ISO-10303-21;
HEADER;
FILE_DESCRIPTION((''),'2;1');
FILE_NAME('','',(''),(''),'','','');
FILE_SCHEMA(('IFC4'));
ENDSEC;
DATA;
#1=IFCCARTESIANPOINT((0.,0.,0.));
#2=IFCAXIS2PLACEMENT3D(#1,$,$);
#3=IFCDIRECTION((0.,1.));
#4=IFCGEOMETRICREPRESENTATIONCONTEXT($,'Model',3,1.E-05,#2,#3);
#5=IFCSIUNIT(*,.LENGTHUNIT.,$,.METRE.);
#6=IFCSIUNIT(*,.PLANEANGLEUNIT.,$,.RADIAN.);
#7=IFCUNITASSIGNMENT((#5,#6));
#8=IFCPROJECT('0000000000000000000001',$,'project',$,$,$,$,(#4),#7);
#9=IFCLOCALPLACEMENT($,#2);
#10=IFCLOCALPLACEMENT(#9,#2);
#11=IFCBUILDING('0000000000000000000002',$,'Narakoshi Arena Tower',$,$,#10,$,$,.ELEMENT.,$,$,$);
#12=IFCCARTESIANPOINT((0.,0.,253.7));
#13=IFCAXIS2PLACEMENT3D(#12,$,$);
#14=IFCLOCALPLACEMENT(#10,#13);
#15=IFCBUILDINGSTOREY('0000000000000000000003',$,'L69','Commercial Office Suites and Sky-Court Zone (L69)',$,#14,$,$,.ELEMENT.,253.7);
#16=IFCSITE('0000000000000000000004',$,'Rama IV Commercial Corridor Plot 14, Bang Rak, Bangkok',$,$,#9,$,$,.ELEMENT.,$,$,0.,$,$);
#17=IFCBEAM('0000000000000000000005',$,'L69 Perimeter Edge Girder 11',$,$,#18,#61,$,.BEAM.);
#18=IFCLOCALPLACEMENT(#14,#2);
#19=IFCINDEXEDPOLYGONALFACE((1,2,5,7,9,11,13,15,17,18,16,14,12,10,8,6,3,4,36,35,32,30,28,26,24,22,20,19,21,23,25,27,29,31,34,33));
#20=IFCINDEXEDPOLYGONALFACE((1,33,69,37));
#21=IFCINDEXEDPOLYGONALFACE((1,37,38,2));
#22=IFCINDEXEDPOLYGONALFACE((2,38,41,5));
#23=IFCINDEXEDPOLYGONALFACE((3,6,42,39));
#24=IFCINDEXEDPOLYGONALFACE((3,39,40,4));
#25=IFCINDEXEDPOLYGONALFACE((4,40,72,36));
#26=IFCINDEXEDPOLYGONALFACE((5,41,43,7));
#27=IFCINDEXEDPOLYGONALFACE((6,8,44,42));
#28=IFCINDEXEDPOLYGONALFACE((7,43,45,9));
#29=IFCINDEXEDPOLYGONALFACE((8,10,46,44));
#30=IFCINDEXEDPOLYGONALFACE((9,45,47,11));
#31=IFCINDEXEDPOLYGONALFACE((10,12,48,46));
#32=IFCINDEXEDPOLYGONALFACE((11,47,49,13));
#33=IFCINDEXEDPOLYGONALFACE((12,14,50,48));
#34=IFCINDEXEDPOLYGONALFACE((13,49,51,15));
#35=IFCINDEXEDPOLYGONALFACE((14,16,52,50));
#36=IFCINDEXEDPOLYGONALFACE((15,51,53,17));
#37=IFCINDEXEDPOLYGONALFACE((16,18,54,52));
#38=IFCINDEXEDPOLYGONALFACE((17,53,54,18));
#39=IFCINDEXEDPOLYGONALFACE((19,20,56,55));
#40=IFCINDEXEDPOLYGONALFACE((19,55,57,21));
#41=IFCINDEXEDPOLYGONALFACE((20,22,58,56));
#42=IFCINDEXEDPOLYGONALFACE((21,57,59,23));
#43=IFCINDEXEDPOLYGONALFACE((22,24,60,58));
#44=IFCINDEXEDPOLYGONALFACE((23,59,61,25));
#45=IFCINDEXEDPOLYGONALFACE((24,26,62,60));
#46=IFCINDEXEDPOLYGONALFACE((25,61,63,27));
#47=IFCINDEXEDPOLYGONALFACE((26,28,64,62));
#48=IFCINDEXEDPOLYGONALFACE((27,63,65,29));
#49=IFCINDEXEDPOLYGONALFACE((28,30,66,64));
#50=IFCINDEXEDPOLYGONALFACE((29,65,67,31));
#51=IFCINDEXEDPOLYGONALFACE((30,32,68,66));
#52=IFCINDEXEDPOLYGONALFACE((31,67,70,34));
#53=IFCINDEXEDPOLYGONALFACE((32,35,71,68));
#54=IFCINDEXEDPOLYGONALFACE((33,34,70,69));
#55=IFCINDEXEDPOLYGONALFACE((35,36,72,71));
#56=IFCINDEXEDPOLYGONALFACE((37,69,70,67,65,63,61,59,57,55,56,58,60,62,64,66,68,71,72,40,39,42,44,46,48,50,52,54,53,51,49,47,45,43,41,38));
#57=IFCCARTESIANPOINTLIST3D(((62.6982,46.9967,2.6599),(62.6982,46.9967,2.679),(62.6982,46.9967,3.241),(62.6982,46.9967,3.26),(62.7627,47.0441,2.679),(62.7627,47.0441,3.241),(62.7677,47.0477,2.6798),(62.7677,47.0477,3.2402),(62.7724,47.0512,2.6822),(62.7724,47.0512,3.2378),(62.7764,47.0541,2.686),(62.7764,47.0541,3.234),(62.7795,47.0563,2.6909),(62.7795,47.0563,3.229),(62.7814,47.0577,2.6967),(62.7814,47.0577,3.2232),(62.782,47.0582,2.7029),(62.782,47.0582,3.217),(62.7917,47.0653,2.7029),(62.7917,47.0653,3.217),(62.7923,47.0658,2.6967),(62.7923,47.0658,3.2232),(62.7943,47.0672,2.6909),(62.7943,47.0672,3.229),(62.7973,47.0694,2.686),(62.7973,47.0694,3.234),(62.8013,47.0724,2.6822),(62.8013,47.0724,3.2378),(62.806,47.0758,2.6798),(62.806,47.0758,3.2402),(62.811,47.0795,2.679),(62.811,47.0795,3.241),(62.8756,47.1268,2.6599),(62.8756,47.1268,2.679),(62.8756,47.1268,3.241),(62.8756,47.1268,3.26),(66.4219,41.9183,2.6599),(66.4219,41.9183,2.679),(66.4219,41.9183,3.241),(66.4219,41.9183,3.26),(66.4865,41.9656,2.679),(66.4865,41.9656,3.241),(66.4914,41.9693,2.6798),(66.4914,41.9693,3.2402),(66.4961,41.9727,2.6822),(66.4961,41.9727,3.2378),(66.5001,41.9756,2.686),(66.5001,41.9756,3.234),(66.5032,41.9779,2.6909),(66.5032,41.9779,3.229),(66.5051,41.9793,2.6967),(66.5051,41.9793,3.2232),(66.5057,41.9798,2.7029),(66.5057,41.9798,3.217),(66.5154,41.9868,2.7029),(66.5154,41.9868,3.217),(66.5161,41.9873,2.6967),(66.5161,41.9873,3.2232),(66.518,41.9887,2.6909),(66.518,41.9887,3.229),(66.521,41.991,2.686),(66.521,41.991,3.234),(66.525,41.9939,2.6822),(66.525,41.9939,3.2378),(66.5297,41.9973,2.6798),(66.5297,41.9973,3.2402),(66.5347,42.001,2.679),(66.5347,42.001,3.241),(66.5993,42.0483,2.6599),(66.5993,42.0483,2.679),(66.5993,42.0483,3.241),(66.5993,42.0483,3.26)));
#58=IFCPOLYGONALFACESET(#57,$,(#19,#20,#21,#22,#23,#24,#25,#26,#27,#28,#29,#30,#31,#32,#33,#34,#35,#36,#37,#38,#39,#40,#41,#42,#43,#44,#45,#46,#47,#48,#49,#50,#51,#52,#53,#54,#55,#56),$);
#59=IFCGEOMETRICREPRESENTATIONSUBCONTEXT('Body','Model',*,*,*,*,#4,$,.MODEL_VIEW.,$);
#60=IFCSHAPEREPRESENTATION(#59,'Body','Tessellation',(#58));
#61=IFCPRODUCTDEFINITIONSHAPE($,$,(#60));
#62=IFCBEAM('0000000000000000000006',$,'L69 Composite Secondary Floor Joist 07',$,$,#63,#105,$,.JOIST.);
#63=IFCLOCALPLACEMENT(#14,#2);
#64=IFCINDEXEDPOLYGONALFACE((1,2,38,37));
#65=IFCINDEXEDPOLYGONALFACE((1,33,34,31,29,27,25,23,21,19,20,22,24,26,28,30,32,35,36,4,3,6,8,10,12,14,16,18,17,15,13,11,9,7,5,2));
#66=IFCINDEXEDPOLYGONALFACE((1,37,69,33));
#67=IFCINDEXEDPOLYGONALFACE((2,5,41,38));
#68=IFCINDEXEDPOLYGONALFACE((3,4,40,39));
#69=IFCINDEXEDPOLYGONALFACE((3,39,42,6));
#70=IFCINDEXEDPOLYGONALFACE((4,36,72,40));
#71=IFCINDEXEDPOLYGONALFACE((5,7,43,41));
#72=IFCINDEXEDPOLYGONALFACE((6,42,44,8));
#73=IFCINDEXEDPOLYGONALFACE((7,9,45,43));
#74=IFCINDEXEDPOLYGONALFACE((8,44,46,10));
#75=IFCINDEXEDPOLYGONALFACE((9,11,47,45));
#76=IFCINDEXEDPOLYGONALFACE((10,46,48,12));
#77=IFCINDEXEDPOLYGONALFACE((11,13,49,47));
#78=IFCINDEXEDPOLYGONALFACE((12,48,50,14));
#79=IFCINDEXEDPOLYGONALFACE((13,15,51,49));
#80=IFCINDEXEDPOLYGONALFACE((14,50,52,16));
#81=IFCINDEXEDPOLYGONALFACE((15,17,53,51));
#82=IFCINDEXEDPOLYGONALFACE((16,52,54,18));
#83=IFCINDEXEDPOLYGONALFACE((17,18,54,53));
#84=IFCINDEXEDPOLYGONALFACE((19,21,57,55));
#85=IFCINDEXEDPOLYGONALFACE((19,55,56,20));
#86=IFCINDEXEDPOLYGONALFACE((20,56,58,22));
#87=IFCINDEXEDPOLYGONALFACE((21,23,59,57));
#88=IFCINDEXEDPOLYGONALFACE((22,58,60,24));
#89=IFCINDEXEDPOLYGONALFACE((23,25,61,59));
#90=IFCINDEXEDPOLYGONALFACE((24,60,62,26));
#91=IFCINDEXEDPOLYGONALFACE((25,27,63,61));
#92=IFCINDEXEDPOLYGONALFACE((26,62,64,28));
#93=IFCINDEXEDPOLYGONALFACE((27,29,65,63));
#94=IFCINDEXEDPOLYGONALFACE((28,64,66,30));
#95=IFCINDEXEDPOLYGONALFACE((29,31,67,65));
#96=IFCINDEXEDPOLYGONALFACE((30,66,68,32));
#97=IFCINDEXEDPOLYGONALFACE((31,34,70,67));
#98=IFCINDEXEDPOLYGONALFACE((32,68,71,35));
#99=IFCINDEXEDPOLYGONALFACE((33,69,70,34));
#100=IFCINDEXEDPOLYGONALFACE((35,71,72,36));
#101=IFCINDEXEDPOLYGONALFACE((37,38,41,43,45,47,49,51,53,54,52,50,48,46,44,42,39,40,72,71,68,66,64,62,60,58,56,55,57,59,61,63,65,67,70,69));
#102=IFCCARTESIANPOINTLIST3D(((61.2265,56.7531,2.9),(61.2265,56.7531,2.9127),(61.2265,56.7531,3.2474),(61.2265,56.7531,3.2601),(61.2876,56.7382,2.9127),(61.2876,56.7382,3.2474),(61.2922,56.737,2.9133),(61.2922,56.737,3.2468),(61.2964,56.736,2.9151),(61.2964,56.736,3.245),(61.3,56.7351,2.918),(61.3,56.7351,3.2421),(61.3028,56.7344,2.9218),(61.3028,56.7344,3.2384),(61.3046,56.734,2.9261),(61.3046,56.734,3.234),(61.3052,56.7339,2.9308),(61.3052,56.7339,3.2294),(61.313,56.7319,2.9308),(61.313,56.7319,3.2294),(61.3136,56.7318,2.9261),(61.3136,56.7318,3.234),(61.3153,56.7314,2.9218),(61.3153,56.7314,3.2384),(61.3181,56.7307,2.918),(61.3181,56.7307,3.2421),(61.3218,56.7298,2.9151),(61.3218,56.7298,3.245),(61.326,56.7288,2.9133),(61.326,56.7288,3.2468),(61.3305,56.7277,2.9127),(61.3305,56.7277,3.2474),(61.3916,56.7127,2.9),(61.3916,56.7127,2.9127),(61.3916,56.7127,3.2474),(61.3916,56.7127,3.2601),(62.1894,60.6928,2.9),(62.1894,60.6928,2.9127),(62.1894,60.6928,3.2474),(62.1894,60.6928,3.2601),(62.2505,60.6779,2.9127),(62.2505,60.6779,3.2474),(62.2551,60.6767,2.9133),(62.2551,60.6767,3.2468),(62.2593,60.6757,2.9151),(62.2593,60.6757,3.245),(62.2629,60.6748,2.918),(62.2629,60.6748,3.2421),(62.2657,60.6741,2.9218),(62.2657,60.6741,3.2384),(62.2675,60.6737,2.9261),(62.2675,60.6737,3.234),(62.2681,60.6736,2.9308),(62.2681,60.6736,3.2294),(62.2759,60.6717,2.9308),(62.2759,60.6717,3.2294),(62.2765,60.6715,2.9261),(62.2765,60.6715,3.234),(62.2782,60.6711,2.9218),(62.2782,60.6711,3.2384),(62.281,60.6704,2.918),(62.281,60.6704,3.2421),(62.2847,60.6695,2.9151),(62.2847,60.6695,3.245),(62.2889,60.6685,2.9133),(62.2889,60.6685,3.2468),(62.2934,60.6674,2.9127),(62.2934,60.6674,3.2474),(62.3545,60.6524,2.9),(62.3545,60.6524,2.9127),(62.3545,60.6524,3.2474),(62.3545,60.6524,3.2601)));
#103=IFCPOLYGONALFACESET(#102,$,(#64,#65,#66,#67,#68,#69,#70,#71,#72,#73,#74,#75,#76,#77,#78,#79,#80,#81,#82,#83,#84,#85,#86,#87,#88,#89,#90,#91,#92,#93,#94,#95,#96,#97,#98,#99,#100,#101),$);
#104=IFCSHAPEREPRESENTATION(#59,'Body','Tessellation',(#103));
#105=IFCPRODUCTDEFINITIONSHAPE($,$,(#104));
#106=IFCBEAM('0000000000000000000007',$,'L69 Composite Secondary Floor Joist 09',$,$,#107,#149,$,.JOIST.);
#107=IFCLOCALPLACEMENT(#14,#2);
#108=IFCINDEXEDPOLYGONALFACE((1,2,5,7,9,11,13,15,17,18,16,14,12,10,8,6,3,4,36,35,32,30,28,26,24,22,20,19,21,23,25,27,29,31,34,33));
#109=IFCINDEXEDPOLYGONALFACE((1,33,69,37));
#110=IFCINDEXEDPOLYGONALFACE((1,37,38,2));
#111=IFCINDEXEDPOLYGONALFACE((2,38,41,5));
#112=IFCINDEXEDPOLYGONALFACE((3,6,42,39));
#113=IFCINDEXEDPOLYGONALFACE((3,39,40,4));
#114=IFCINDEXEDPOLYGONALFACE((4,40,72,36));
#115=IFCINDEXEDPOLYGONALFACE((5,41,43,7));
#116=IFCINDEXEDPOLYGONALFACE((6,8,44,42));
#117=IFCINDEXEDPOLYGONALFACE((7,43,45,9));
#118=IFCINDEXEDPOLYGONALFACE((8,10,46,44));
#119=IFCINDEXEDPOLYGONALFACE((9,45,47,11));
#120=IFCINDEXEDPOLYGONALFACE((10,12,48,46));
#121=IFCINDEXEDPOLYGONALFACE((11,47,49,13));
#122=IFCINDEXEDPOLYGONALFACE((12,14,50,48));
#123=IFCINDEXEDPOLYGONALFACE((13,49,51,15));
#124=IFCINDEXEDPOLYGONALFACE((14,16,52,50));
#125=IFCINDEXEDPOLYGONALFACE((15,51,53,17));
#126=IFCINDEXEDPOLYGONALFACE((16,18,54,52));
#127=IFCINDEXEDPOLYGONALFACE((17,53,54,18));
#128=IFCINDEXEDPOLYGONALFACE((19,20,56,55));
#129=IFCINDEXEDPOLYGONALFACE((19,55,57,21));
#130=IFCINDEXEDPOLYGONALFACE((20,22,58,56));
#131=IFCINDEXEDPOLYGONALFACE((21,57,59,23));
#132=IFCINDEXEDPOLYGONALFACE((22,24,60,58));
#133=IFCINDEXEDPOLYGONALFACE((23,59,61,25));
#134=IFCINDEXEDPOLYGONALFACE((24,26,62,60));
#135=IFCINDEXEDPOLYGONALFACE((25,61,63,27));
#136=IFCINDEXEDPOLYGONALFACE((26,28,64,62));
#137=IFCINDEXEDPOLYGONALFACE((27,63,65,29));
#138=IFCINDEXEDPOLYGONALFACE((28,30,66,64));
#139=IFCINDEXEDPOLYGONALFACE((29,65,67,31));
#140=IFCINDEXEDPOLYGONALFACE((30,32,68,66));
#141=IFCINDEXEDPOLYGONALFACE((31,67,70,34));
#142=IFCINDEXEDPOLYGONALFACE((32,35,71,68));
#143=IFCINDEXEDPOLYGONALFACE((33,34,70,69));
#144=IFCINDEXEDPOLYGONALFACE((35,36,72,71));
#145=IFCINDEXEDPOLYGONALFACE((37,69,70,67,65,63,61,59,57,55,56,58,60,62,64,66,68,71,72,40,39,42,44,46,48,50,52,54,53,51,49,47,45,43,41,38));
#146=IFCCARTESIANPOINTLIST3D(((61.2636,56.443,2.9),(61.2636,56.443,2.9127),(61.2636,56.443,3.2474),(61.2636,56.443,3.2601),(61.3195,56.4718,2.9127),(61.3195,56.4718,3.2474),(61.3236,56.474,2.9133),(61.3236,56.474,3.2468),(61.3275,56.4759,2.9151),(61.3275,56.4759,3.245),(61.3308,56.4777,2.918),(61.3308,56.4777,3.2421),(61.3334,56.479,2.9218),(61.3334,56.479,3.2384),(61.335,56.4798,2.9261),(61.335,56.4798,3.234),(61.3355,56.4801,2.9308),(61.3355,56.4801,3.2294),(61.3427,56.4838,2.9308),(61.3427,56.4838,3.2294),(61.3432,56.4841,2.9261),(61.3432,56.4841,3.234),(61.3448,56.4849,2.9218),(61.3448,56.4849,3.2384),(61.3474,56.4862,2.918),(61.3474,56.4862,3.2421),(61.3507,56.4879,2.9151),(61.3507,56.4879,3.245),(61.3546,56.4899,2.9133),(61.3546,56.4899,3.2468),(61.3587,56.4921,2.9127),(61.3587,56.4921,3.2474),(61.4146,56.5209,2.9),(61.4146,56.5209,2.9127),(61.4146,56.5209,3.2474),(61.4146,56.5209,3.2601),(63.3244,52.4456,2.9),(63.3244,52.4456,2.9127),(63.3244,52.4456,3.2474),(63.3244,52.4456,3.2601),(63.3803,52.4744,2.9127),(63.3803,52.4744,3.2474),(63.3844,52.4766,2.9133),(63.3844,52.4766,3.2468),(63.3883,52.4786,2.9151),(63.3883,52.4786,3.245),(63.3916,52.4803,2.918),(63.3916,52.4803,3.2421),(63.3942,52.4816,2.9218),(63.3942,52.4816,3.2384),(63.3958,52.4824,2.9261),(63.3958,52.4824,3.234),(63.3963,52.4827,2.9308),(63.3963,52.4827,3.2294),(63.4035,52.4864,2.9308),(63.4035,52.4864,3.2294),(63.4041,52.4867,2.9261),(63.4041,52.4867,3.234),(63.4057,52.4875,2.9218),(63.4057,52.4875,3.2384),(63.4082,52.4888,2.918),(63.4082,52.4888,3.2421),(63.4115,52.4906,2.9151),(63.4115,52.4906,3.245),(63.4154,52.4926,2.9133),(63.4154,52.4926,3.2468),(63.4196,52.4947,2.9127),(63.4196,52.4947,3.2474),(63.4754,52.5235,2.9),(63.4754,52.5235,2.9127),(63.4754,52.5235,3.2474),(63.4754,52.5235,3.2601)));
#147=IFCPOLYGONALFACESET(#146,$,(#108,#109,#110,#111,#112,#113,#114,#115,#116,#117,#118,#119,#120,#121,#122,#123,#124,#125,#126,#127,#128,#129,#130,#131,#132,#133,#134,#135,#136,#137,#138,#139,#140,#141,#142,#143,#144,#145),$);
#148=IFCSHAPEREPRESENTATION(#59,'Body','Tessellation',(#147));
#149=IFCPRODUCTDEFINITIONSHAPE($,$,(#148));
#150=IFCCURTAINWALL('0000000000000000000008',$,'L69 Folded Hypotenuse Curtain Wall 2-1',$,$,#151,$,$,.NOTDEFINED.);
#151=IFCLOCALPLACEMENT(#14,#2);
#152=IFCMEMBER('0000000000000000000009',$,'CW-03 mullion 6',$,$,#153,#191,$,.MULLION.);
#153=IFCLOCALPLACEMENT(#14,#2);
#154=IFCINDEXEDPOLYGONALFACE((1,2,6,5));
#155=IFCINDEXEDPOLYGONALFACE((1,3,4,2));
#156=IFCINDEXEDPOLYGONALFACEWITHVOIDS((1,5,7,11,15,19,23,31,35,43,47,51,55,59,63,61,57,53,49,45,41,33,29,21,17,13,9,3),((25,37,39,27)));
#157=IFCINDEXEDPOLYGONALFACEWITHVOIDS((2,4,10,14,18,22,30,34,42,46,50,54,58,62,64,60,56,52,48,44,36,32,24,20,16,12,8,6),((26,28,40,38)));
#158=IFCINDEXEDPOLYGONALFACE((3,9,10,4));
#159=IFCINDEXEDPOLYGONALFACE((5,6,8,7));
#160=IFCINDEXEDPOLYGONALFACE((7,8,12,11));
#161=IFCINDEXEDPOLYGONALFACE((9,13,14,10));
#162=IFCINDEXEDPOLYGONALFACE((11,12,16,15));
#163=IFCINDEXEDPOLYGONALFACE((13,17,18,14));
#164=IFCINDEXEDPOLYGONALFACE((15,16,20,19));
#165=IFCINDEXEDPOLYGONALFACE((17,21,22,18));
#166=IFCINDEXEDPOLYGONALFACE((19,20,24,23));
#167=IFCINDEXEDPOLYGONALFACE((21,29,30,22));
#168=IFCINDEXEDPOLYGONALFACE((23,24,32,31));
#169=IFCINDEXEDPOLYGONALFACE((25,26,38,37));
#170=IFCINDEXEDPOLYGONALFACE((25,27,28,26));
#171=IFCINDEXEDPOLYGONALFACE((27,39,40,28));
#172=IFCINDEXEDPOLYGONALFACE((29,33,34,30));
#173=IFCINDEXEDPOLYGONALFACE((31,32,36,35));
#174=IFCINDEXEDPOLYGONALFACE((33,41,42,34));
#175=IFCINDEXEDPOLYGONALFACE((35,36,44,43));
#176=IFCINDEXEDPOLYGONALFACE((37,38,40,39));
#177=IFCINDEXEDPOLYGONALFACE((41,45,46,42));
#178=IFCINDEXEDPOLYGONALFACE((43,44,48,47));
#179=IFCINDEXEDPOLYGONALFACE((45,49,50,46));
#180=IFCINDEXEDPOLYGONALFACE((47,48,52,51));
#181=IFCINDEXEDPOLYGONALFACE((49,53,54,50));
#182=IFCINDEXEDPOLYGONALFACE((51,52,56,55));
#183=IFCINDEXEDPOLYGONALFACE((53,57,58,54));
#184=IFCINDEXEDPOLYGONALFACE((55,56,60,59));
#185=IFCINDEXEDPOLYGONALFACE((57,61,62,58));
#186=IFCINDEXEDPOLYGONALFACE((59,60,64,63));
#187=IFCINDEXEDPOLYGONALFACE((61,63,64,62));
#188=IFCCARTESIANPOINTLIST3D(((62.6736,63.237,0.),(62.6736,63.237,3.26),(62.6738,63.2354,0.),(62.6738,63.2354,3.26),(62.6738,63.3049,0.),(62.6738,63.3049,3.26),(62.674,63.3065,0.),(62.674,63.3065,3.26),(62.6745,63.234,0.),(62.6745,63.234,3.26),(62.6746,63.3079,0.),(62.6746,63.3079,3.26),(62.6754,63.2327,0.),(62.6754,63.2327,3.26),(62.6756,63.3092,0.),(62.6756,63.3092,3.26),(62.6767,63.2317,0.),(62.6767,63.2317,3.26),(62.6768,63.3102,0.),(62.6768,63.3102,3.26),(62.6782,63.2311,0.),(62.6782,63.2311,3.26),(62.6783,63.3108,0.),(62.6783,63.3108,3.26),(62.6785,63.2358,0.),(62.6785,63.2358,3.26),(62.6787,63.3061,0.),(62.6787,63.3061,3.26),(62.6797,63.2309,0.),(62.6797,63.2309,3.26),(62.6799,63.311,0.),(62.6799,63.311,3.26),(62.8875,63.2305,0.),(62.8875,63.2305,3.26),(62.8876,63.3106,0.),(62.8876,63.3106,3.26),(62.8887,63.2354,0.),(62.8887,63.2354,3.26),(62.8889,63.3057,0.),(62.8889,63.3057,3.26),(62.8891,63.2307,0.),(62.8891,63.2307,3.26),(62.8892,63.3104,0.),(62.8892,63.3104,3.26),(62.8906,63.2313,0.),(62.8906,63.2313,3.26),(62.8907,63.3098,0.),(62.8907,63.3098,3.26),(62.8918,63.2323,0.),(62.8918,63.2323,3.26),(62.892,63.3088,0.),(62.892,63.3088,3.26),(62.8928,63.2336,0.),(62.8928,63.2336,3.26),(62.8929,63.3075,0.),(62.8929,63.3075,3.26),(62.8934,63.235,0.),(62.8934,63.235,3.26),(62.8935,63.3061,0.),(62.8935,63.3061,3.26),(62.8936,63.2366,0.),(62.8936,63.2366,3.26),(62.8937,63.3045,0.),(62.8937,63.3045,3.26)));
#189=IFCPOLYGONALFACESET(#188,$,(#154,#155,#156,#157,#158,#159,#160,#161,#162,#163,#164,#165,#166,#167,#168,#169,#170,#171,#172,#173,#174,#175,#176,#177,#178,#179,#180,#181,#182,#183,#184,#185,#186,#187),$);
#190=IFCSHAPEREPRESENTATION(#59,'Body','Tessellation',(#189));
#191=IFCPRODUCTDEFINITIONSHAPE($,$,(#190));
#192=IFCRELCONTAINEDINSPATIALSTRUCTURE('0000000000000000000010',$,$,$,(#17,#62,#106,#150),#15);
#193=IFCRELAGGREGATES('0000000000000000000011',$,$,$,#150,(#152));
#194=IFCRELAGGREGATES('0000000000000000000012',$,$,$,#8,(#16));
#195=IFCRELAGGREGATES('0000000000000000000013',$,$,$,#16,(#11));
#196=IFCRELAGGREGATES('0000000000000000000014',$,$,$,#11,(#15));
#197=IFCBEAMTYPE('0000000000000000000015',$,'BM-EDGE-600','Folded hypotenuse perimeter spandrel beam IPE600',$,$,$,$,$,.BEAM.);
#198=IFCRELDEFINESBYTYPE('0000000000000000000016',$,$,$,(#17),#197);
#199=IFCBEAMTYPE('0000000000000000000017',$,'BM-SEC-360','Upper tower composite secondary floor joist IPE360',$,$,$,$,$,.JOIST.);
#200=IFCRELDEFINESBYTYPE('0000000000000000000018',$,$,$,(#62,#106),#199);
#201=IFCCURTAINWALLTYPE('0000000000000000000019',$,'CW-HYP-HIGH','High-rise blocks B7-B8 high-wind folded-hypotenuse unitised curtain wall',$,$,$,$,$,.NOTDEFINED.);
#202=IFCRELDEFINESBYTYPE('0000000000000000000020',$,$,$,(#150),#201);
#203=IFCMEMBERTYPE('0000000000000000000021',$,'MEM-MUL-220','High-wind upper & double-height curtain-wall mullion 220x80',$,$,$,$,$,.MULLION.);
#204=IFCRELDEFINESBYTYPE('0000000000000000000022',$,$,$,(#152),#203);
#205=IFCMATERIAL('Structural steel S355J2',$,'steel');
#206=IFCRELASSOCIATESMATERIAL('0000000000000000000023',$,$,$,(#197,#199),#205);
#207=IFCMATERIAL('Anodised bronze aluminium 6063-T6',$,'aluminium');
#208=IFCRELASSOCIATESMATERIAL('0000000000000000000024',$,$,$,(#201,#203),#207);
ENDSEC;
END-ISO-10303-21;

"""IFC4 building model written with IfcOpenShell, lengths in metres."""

from ifc_helpers import new_model, si_unit, direction, frame, origin, origin_2d, place, context, subcontext, project, spatial, hollow_rectangle, i_section, extrude, material, material_profile, profile_set, type_object, element, aggregate, save


model = new_model("IFC4")

# Units and contexts
model_context = context("Model", 3, precision=1e-05, world=origin(), true_north=direction((0.0, 1.0)))
body_context = subcontext(model_context, "Body", "Model", "MODEL_VIEW")
ifc_project = project(units=[si_unit("LENGTHUNIT", "METRE"), si_unit("PLANEANGLEUNIT", "RADIAN")], contexts=[model_context])

# Site, building, storey
site_placement = place(None, origin())
site = spatial("IfcSite", under=ifc_project, at=site_placement, Name="Rama IV Commercial Corridor Plot 14, Bang Rak, Bangkok", CompositionType="ELEMENT", RefElevation=0.0)
building_placement = place(site_placement, origin())
building = spatial("IfcBuilding", under=site, at=building_placement, Name="Narakoshi Arena Tower", CompositionType="ELEMENT")
storey_placement = place(building_placement, frame((0.0, 0.0, 253.7)))
storey = spatial("IfcBuildingStorey", under=building, at=storey_placement, Name="L69", Description="Commercial Office Suites and Sky-Court Zone (L69)", CompositionType="ELEMENT", Elevation=253.7)

# Beams
ifc_material_1 = material(Name="Structural steel S355J2", Category="steel")
ifc_material_profile_1 = material_profile(ifc_material_1, i_section(OverallWidth=0.22, OverallDepth=0.6001, WebThickness=0.012, FlangeThickness=0.019, FilletRadius=0.0239, at=origin_2d()), Name="IPE600")
ifc_profile_set_1 = profile_set([ifc_material_profile_1], Name="Structural steel S355J2")
beam_type_1 = type_object("IfcBeamType", Name="BM-EDGE-600", Description="Folded hypotenuse perimeter spandrel beam IPE600", PredefinedType="BEAM", material=ifc_profile_set_1)
for number, where, z_axis, x_axis, name in (
    (1, (62.7869, 47.0618, 2.96), (0.591312, -0.806443, 0.0), (0.806443, 0.591312, 0.0), "L69 Perimeter Edge Girder 11"),
):
    element("IfcBeam", number, at=place(storey_placement, frame(where, z_axis=z_axis, x_axis=x_axis)), inside=storey, type_object=beam_type_1, Name=name, PredefinedType="BEAM", context=body_context, shape_type="SweptSolid", body=[
        extrude(i_section(OverallWidth=0.22, OverallDepth=0.6001, WebThickness=0.012, FlangeThickness=0.019, FilletRadius=0.0239, at=origin_2d()), origin(), (0.0, 0.0, 1.0), 6.2974),
    ])
ifc_material_profile_2 = material_profile(ifc_material_1, i_section(OverallWidth=0.1699, OverallDepth=0.3601, WebThickness=0.0081, FlangeThickness=0.0127, FilletRadius=0.0181, at=origin_2d()), Name="IPE360")
ifc_profile_set_2 = profile_set([ifc_material_profile_2], Name="Structural steel S355J2")
beam_type_2 = type_object("IfcBeamType", Name="BM-SEC-360", Description="Upper tower composite secondary floor joist IPE360", PredefinedType="JOIST", material=ifc_profile_set_2)
beam_1_placement = place(storey_placement, frame((62.272, 60.6726, 3.0801), z_axis=(-0.237419, -0.971407, 0.0), x_axis=(0.971407, -0.237419, 0.0)))
element("IfcBeam", 2, at=beam_1_placement, inside=storey, type_object=beam_type_2, Name="L69 Composite Secondary Floor Joist 07", PredefinedType="JOIST", context=body_context, shape_type="SweptSolid", body=[
    extrude(i_section(OverallWidth=0.1699, OverallDepth=0.3601, WebThickness=0.0081, FlangeThickness=0.0127, FilletRadius=0.0181, at=origin_2d()), origin(), (0.0, 0.0, 1.0), 4.0557),
])
beam_2_placement = place(storey_placement, frame((61.3391, 56.4819, 3.0801), z_axis=(0.458232, -0.888833, 0.0), x_axis=(0.888833, 0.458232, 0.0)))
element("IfcBeam", 3, at=beam_2_placement, inside=storey, type_object=beam_type_2, Name="L69 Composite Secondary Floor Joist 09", PredefinedType="JOIST", context=body_context, shape_type="SweptSolid", body=[
    extrude(i_section(OverallWidth=0.1699, OverallDepth=0.3601, WebThickness=0.0081, FlangeThickness=0.0127, FilletRadius=0.0181, at=origin_2d()), origin(), (0.0, 0.0, 1.0), 4.4973),
])

# Curtain wall, member
ifc_material_2 = material(Name="Anodised bronze aluminium 6063-T6", Category="aluminium")
curtain_wall_type = type_object("IfcCurtainWallType", Name="CW-HYP-HIGH", Description="High-rise blocks B7-B8 high-wind folded-hypotenuse unitised curtain wall", PredefinedType="NOTDEFINED", material=ifc_material_2)
curtain_wall_placement = place(storey_placement, origin())
curtain_wall = element("IfcCurtainWall", 4, at=curtain_wall_placement, inside=storey, type_object=curtain_wall_type, Name="L69 Folded Hypotenuse Curtain Wall 2-1", PredefinedType="NOTDEFINED")
ifc_material_profile_3 = material_profile(ifc_material_2, hollow_rectangle(XDim=0.0801, YDim=0.22, WallThickness=0.0049, OuterFilletRadius=0.0061, at=origin_2d()), Name="MUL220x80x5")
ifc_profile_set_3 = profile_set([ifc_material_profile_3], Name="Anodised bronze aluminium 6063-T6")
member_type_1 = type_object("IfcMemberType", Name="MEM-MUL-220", Description="High-wind upper & double-height curtain-wall mullion 220x80", PredefinedType="MULLION", material=ifc_profile_set_3)
member_1_placement = place(storey_placement, frame((62.7837, 63.2708, 0.0), z_axis=(0.0, 0.0, 1.0), x_axis=(-0.00182, -0.999998, 0.0)))
member_1 = element("IfcMember", 5, at=member_1_placement, type_object=member_type_1, Name="CW-03 mullion 6", PredefinedType="MULLION", context=body_context, shape_type="SweptSolid", body=[
    extrude(hollow_rectangle(XDim=0.0801, YDim=0.22, WallThickness=0.0049, OuterFilletRadius=0.0061, at=origin_2d()), origin(), (0.0, 0.0, 1.0), 3.26),
])
aggregate(curtain_wall, [member_1])

save(model, "model.ifc")
